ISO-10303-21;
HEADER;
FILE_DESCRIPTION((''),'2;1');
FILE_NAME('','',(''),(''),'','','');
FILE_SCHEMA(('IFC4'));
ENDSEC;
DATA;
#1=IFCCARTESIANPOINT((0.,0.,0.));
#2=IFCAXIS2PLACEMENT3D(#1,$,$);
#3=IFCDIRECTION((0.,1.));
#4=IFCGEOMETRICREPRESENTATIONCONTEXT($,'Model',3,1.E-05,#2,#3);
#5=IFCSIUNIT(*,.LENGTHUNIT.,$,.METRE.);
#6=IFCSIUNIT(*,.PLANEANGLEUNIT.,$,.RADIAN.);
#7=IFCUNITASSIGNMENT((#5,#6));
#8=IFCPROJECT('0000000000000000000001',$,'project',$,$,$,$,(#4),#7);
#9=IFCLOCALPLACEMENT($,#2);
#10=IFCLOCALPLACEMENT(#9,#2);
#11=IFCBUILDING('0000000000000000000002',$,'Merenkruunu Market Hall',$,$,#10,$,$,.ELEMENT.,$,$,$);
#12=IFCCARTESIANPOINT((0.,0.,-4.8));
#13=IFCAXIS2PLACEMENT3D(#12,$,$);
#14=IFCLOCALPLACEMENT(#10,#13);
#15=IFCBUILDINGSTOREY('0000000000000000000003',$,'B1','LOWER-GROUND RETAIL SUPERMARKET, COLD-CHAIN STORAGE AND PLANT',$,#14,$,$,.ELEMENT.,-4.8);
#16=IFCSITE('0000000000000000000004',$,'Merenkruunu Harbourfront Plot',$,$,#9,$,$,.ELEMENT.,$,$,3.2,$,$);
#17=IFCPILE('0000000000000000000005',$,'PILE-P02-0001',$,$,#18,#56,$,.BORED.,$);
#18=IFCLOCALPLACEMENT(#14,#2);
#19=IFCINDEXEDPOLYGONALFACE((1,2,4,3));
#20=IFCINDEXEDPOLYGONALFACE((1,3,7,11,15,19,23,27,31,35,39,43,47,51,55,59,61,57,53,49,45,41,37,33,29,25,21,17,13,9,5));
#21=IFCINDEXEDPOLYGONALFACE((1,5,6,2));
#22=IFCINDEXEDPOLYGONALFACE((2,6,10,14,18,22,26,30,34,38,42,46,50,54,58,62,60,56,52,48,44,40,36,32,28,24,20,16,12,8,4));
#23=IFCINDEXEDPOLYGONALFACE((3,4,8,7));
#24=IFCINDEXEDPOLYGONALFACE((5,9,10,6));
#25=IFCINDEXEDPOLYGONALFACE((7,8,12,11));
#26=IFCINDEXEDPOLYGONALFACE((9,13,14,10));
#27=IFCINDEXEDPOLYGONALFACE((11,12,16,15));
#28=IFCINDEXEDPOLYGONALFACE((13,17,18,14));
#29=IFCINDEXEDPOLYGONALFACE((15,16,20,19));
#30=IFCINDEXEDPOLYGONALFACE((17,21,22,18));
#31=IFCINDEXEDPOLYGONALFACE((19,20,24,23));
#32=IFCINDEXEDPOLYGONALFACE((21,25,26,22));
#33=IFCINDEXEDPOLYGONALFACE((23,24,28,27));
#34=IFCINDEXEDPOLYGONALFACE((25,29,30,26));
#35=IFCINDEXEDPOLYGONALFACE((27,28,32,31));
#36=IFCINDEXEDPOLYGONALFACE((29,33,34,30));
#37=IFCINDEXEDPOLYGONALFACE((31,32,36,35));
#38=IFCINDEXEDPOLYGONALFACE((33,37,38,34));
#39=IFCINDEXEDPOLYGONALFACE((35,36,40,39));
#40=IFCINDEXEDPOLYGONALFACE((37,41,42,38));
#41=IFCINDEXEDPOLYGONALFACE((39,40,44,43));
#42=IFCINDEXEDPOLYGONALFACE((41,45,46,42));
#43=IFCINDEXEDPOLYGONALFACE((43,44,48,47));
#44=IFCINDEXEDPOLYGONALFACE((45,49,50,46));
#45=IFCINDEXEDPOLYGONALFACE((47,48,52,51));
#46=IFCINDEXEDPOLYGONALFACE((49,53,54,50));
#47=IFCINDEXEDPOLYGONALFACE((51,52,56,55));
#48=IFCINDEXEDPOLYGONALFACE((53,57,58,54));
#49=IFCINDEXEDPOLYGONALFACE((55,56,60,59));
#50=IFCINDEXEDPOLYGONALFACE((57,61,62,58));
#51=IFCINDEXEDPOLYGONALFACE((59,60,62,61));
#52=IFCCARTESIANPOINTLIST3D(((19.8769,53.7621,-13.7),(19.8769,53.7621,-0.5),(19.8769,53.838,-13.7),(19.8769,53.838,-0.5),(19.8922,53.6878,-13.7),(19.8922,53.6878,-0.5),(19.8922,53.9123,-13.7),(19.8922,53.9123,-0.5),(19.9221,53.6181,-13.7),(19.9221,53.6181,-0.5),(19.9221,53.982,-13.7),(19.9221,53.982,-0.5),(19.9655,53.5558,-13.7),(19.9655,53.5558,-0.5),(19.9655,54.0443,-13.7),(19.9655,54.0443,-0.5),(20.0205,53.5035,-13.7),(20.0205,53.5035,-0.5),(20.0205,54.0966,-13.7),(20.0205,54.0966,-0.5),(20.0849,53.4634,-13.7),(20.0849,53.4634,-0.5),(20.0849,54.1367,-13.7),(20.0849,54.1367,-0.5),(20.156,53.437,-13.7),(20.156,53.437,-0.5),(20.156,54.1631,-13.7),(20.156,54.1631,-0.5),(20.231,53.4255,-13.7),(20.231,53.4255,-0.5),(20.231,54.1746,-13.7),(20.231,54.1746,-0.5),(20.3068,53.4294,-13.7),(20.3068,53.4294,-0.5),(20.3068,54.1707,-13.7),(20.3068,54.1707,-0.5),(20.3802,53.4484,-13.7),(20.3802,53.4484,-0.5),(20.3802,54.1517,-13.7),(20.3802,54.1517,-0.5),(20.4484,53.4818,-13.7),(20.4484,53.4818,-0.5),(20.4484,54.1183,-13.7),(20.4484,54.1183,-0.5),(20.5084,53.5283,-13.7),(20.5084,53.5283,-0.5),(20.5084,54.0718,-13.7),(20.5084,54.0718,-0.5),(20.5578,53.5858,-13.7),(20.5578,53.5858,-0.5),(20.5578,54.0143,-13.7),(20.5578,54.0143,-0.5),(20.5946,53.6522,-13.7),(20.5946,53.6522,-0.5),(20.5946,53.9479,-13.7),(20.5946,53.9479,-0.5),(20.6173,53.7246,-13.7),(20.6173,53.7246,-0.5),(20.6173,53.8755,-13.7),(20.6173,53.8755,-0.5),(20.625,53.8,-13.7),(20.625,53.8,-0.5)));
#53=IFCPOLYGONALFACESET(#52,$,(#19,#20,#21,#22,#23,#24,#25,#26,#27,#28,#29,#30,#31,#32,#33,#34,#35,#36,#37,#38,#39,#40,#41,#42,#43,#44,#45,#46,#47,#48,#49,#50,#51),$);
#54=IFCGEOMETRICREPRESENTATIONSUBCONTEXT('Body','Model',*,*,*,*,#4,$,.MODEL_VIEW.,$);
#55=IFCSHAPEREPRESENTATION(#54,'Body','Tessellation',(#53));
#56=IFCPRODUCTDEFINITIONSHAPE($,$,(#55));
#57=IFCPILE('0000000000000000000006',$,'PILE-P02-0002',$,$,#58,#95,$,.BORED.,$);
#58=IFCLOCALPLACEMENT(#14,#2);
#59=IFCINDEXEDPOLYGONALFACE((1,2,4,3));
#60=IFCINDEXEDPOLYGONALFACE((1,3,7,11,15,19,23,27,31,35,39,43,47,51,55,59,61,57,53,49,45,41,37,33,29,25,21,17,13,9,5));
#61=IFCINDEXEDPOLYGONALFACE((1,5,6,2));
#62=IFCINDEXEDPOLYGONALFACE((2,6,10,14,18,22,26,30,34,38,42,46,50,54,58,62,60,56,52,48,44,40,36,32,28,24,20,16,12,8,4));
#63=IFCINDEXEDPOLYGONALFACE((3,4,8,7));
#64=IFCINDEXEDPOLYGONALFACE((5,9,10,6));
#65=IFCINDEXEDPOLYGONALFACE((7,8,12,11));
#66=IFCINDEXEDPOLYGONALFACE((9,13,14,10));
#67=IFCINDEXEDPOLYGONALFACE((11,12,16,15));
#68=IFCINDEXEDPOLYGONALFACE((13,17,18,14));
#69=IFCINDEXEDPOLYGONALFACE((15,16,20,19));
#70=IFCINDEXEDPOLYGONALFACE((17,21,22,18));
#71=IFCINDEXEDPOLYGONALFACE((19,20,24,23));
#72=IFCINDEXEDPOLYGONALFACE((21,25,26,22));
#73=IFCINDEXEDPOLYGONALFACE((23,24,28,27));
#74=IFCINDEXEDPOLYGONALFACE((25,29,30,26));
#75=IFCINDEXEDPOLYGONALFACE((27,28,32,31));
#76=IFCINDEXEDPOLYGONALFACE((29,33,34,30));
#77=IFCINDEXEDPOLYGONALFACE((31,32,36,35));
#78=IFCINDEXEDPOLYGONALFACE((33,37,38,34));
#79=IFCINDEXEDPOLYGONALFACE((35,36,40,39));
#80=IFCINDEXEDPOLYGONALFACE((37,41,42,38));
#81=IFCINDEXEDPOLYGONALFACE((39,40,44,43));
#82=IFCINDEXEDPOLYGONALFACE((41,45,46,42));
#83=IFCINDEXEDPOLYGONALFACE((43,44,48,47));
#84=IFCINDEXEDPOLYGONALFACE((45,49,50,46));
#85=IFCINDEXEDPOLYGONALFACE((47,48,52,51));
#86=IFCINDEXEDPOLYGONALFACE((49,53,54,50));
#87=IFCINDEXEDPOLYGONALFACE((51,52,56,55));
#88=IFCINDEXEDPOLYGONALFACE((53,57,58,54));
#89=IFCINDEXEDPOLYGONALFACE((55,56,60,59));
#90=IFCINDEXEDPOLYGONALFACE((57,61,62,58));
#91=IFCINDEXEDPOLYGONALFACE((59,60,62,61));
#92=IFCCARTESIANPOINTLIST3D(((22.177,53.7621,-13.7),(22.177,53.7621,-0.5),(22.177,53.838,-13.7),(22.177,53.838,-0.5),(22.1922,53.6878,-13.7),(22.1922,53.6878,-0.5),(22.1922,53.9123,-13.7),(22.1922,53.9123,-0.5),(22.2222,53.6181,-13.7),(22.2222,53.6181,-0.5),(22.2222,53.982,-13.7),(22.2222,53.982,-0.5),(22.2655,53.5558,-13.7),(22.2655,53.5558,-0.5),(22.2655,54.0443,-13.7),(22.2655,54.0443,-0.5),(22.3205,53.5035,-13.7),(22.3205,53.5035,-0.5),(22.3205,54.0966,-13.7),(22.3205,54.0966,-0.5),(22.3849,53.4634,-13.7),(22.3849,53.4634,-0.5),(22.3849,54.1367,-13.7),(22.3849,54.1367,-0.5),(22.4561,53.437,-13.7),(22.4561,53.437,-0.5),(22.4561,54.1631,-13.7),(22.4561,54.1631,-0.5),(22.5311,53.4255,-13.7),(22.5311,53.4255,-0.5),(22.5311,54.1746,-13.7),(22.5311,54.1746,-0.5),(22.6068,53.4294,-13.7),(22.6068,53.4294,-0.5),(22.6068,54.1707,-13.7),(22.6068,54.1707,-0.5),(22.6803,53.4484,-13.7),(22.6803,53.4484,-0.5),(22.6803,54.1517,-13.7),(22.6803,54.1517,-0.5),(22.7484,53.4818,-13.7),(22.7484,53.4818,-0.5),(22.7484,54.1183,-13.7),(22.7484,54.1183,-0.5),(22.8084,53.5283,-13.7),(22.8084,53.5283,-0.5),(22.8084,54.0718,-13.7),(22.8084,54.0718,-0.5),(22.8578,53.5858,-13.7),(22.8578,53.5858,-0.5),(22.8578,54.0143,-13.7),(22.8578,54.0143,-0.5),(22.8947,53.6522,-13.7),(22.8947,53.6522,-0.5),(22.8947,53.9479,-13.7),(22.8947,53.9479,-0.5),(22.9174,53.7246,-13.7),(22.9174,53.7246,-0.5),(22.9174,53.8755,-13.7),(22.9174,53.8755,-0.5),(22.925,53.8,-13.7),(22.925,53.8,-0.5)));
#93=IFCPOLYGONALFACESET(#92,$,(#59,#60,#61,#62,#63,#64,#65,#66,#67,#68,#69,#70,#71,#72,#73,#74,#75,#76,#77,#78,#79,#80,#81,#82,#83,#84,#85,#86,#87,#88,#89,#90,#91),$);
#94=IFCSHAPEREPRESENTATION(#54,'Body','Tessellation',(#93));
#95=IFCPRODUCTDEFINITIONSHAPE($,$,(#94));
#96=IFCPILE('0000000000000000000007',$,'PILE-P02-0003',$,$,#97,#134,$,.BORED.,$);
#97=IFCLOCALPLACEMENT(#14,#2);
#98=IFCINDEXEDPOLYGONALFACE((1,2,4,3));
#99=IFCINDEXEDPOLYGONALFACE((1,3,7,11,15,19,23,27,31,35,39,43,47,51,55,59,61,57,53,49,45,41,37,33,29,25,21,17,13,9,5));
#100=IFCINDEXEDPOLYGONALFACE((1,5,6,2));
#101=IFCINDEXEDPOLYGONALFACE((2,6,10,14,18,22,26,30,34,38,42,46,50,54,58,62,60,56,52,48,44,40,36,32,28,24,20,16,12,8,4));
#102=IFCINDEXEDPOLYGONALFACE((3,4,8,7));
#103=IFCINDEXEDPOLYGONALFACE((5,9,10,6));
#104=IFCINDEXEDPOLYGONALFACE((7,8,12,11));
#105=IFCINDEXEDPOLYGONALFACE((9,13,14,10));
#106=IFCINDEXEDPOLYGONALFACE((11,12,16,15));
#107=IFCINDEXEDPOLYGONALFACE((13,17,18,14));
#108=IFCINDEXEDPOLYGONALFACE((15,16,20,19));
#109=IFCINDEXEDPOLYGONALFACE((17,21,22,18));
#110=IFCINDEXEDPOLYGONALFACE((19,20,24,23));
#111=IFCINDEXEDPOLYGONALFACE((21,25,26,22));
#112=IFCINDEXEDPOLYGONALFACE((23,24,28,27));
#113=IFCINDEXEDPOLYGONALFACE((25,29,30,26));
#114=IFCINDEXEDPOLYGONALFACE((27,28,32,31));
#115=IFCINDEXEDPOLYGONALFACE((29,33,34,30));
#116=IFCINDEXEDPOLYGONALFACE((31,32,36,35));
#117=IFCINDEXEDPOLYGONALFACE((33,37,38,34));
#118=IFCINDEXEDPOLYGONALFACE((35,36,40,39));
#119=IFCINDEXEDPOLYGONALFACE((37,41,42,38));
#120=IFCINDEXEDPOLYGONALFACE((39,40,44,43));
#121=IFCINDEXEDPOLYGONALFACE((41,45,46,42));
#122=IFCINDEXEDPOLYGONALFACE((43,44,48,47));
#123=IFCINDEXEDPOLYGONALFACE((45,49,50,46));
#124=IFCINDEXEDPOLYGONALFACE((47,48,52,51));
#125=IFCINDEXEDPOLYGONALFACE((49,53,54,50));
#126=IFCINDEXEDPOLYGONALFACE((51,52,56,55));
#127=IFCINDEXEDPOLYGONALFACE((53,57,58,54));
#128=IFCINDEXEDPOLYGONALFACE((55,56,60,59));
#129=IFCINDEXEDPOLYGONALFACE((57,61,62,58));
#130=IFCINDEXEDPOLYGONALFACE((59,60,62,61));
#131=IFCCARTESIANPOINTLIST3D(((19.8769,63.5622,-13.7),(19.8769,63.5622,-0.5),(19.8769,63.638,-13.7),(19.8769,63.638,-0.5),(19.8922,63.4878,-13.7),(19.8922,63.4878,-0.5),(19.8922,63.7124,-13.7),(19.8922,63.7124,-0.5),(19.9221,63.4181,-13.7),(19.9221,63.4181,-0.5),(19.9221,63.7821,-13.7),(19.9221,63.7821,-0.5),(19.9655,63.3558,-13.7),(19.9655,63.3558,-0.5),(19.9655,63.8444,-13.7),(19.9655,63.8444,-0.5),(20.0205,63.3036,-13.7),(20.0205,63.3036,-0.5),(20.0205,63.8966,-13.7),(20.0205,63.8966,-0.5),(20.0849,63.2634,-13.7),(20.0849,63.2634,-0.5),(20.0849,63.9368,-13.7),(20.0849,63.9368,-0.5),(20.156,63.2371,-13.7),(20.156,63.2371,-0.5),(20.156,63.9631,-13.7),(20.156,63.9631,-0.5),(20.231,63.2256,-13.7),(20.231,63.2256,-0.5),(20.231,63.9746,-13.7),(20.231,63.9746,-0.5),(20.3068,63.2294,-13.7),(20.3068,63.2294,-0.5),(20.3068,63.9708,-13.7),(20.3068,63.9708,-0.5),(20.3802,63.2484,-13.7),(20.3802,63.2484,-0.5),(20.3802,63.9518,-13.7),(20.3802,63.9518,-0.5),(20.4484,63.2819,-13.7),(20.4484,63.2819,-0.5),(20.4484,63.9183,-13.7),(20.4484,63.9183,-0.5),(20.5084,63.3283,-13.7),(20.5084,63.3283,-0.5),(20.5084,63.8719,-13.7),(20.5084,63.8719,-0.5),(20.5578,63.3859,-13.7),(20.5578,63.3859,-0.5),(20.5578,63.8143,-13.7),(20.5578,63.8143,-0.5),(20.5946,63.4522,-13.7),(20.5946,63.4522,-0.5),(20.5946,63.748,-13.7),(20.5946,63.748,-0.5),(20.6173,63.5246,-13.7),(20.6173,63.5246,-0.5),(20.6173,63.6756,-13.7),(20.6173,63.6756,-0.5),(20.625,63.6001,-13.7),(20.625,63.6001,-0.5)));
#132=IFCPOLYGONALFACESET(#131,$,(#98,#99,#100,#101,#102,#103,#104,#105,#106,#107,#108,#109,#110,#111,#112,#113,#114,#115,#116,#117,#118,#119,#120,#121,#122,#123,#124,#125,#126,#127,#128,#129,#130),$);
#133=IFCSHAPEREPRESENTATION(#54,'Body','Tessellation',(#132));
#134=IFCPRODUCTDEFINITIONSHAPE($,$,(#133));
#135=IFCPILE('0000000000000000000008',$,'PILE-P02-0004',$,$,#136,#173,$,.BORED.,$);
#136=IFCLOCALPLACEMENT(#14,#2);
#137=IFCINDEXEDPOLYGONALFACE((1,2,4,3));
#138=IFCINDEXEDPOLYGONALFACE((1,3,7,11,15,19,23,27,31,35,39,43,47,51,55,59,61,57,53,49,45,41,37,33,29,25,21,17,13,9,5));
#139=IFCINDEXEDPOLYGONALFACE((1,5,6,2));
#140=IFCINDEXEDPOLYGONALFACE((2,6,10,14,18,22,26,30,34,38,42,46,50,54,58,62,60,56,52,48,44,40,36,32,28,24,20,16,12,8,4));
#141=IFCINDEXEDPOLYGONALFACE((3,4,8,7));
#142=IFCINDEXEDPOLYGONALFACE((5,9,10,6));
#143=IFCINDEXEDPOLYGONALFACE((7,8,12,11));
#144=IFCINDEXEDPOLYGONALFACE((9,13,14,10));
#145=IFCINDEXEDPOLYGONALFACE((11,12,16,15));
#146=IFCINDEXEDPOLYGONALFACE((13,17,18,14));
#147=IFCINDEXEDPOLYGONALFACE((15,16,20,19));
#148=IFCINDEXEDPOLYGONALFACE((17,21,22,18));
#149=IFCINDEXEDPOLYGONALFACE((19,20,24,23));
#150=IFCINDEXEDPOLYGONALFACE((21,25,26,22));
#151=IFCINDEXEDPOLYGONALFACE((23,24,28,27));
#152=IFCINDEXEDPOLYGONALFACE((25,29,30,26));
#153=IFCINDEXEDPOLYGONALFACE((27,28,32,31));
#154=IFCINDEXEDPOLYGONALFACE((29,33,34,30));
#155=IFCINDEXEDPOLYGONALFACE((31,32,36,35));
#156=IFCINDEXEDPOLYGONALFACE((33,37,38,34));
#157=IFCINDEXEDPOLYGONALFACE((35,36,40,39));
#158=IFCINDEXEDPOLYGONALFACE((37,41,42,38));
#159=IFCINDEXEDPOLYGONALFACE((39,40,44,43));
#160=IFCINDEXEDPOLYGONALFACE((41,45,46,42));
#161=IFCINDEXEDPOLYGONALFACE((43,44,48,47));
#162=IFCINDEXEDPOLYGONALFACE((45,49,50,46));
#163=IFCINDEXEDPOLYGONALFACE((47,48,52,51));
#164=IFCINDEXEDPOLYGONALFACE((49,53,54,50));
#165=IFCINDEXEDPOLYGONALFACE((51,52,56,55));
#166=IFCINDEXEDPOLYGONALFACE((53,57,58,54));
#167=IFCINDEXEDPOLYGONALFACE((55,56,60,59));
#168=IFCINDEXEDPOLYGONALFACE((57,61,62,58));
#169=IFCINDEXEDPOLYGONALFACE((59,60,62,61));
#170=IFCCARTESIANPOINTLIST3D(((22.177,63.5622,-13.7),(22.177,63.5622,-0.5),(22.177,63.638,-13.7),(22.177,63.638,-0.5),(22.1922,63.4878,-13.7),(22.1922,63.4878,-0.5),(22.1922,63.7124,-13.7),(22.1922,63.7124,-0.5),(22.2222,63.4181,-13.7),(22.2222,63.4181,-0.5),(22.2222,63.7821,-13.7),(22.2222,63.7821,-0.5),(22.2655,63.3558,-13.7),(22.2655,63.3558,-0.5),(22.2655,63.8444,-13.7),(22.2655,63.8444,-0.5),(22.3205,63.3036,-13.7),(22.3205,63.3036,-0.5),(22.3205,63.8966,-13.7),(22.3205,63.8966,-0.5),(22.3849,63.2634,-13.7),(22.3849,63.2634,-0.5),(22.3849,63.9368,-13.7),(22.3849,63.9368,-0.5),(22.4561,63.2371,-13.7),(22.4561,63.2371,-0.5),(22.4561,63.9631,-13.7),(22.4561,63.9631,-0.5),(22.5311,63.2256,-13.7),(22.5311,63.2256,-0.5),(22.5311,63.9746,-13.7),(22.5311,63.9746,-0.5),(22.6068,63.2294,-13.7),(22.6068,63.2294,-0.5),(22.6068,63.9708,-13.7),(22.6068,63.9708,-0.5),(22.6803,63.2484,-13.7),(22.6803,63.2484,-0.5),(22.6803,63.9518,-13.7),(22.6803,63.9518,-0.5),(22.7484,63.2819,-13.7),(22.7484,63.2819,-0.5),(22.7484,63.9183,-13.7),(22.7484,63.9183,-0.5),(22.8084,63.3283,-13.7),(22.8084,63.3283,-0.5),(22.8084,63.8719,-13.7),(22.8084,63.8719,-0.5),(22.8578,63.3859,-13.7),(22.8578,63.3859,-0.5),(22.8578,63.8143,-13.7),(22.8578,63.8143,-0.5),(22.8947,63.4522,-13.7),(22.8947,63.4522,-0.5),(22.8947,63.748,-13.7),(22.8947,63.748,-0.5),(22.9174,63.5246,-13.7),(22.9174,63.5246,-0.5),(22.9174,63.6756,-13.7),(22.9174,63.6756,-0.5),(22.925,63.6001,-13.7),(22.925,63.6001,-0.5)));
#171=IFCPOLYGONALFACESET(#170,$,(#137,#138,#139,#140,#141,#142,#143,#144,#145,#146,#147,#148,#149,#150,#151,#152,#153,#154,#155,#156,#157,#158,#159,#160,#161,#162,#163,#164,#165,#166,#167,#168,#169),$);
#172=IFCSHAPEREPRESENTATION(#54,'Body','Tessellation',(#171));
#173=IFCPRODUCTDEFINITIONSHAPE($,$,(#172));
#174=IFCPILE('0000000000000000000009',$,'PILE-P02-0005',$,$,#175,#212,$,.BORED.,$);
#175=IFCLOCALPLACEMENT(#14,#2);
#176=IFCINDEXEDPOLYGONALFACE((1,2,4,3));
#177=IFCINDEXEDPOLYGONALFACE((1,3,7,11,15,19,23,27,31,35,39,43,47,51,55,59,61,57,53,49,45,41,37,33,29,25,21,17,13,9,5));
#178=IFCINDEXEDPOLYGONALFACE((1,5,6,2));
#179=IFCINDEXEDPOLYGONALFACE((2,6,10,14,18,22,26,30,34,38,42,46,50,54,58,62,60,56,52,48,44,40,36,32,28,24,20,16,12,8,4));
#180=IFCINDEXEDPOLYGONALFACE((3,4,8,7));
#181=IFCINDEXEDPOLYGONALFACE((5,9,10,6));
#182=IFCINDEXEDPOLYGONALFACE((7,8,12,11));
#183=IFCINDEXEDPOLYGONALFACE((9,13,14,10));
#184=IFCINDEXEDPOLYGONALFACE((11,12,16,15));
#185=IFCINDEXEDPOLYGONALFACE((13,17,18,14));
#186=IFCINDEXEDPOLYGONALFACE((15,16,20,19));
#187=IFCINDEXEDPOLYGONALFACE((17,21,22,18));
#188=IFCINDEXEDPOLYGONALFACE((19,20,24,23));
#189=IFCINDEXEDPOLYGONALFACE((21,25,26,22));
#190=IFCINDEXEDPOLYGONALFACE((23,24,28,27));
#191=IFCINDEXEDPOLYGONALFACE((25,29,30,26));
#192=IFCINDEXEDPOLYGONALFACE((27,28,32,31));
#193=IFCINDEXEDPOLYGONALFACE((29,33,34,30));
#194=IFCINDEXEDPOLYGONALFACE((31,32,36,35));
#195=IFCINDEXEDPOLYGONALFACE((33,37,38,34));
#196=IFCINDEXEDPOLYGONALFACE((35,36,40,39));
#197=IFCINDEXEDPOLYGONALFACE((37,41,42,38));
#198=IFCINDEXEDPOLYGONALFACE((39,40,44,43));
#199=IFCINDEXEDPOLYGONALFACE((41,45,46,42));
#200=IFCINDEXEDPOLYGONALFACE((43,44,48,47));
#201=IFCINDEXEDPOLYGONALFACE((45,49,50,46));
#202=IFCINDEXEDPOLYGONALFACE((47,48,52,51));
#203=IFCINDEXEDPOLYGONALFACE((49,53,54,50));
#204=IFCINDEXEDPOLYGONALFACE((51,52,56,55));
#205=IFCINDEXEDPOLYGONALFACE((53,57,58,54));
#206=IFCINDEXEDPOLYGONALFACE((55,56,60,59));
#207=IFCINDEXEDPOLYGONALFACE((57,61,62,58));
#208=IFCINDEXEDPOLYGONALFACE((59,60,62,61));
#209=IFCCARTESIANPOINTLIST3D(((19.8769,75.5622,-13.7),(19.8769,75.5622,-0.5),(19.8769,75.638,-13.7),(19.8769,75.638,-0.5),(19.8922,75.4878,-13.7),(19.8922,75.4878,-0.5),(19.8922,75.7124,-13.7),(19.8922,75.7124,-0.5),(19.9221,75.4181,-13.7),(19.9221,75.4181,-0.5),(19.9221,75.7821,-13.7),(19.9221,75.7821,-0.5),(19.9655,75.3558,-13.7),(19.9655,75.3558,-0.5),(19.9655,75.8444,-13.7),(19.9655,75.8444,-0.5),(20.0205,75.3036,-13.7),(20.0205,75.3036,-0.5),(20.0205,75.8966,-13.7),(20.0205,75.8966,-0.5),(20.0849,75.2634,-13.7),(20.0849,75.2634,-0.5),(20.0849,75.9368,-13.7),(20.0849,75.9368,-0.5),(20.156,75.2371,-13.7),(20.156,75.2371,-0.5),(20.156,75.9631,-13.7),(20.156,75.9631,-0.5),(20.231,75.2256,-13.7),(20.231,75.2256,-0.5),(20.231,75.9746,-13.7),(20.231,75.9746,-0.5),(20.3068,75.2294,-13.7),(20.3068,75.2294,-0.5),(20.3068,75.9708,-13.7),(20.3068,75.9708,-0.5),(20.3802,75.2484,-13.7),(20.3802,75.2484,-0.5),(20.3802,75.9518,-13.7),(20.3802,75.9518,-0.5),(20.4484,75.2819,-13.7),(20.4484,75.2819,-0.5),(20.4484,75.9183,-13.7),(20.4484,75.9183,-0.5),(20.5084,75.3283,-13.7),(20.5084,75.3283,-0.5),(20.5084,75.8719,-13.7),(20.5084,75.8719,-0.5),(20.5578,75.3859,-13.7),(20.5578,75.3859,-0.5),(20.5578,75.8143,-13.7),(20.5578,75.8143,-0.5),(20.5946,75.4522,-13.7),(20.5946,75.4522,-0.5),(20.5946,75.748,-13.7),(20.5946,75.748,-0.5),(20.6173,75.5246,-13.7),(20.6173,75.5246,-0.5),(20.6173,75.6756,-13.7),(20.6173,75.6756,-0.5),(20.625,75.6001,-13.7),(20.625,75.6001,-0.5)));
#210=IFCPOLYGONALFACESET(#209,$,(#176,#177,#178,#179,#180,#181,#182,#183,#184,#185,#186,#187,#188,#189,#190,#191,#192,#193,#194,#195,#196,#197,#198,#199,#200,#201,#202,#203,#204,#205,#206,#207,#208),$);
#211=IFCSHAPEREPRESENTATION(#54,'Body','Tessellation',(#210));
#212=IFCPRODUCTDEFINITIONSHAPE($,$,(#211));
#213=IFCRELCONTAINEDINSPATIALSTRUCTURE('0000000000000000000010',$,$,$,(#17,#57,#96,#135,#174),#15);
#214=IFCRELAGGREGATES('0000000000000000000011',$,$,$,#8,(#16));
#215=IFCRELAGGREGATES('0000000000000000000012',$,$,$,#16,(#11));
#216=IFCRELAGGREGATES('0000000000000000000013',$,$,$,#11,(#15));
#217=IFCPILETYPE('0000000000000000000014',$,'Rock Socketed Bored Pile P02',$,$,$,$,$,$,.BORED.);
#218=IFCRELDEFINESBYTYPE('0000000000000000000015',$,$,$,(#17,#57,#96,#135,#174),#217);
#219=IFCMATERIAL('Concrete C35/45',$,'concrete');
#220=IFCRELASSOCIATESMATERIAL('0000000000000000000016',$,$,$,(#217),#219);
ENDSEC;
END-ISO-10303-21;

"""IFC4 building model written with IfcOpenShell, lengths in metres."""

from ifc_helpers import new_model, si_unit, direction, frame, origin, origin_2d, place, context, subcontext, project, spatial, circle, extrude, material, material_profile, profile_set, type_object, element, save


model = new_model("IFC4")

# Units and contexts
model_context = context("Model", 3, precision=1e-05, world=origin(), true_north=direction((0.0, 1.0)))
body_context = subcontext(model_context, "Body", "Model", "MODEL_VIEW")
ifc_project = project(units=[si_unit("LENGTHUNIT", "METRE"), si_unit("PLANEANGLEUNIT", "RADIAN")], contexts=[model_context])

# Site, building, storey
site_placement = place(None, origin())
site = spatial("IfcSite", under=ifc_project, at=site_placement, Name="Merenkruunu Harbourfront Plot", CompositionType="ELEMENT", RefElevation=3.2)
building_placement = place(site_placement, origin())
building = spatial("IfcBuilding", under=site, at=building_placement, Name="Merenkruunu Market Hall", CompositionType="ELEMENT")
storey_placement = place(building_placement, frame((0.0, 0.0, -4.8)))
storey = spatial("IfcBuildingStorey", under=building, at=storey_placement, Name="B1", Description="LOWER-GROUND RETAIL SUPERMARKET, COLD-CHAIN STORAGE AND PLANT", CompositionType="ELEMENT", Elevation=-4.8)

# Piles
ifc_material_1 = material(Name="Concrete C35/45", Category="concrete")
ifc_material_profile_1 = material_profile(ifc_material_1, circle(Radius=0.375, at=origin_2d()), Name="BORED PILE 750")
ifc_profile_set_1 = profile_set([ifc_material_profile_1], Name="Concrete C35/45")
pile_type = type_object("IfcPileType", Name="Rock Socketed Bored Pile P02", PredefinedType="BORED", material=ifc_profile_set_1)
for number, where, z_axis, x_axis, name in (
    (1, (20.25, 53.8, -0.5), (0.0, 0.0, -1.0), (1.0, 0.0, 0.0), "PILE-P02-0001"),
    (2, (22.55, 53.8, -0.5), (0.0, 0.0, -1.0), (1.0, 0.0, 0.0), "PILE-P02-0002"),
    (3, (20.25, 63.6001, -0.5), (0.0, 0.0, -1.0), (1.0, 0.0, 0.0), "PILE-P02-0003"),
    (4, (22.55, 63.6001, -0.5), (0.0, 0.0, -1.0), (1.0, 0.0, 0.0), "PILE-P02-0004"),
    (5, (20.25, 75.6001, -0.5), (0.0, 0.0, -1.0), (1.0, 0.0, 0.0), "PILE-P02-0005"),
):
    element("IfcPile", number, at=place(storey_placement, frame(where, z_axis=z_axis, x_axis=x_axis)), inside=storey, type_object=pile_type, Name=name, PredefinedType="BORED", context=body_context, shape_type="SweptSolid", body=[
        extrude(circle(Radius=0.375, at=origin_2d()), origin(), (0.0, 0.0, 1.0), 13.2),
    ])

save(model, "model.ifc")
